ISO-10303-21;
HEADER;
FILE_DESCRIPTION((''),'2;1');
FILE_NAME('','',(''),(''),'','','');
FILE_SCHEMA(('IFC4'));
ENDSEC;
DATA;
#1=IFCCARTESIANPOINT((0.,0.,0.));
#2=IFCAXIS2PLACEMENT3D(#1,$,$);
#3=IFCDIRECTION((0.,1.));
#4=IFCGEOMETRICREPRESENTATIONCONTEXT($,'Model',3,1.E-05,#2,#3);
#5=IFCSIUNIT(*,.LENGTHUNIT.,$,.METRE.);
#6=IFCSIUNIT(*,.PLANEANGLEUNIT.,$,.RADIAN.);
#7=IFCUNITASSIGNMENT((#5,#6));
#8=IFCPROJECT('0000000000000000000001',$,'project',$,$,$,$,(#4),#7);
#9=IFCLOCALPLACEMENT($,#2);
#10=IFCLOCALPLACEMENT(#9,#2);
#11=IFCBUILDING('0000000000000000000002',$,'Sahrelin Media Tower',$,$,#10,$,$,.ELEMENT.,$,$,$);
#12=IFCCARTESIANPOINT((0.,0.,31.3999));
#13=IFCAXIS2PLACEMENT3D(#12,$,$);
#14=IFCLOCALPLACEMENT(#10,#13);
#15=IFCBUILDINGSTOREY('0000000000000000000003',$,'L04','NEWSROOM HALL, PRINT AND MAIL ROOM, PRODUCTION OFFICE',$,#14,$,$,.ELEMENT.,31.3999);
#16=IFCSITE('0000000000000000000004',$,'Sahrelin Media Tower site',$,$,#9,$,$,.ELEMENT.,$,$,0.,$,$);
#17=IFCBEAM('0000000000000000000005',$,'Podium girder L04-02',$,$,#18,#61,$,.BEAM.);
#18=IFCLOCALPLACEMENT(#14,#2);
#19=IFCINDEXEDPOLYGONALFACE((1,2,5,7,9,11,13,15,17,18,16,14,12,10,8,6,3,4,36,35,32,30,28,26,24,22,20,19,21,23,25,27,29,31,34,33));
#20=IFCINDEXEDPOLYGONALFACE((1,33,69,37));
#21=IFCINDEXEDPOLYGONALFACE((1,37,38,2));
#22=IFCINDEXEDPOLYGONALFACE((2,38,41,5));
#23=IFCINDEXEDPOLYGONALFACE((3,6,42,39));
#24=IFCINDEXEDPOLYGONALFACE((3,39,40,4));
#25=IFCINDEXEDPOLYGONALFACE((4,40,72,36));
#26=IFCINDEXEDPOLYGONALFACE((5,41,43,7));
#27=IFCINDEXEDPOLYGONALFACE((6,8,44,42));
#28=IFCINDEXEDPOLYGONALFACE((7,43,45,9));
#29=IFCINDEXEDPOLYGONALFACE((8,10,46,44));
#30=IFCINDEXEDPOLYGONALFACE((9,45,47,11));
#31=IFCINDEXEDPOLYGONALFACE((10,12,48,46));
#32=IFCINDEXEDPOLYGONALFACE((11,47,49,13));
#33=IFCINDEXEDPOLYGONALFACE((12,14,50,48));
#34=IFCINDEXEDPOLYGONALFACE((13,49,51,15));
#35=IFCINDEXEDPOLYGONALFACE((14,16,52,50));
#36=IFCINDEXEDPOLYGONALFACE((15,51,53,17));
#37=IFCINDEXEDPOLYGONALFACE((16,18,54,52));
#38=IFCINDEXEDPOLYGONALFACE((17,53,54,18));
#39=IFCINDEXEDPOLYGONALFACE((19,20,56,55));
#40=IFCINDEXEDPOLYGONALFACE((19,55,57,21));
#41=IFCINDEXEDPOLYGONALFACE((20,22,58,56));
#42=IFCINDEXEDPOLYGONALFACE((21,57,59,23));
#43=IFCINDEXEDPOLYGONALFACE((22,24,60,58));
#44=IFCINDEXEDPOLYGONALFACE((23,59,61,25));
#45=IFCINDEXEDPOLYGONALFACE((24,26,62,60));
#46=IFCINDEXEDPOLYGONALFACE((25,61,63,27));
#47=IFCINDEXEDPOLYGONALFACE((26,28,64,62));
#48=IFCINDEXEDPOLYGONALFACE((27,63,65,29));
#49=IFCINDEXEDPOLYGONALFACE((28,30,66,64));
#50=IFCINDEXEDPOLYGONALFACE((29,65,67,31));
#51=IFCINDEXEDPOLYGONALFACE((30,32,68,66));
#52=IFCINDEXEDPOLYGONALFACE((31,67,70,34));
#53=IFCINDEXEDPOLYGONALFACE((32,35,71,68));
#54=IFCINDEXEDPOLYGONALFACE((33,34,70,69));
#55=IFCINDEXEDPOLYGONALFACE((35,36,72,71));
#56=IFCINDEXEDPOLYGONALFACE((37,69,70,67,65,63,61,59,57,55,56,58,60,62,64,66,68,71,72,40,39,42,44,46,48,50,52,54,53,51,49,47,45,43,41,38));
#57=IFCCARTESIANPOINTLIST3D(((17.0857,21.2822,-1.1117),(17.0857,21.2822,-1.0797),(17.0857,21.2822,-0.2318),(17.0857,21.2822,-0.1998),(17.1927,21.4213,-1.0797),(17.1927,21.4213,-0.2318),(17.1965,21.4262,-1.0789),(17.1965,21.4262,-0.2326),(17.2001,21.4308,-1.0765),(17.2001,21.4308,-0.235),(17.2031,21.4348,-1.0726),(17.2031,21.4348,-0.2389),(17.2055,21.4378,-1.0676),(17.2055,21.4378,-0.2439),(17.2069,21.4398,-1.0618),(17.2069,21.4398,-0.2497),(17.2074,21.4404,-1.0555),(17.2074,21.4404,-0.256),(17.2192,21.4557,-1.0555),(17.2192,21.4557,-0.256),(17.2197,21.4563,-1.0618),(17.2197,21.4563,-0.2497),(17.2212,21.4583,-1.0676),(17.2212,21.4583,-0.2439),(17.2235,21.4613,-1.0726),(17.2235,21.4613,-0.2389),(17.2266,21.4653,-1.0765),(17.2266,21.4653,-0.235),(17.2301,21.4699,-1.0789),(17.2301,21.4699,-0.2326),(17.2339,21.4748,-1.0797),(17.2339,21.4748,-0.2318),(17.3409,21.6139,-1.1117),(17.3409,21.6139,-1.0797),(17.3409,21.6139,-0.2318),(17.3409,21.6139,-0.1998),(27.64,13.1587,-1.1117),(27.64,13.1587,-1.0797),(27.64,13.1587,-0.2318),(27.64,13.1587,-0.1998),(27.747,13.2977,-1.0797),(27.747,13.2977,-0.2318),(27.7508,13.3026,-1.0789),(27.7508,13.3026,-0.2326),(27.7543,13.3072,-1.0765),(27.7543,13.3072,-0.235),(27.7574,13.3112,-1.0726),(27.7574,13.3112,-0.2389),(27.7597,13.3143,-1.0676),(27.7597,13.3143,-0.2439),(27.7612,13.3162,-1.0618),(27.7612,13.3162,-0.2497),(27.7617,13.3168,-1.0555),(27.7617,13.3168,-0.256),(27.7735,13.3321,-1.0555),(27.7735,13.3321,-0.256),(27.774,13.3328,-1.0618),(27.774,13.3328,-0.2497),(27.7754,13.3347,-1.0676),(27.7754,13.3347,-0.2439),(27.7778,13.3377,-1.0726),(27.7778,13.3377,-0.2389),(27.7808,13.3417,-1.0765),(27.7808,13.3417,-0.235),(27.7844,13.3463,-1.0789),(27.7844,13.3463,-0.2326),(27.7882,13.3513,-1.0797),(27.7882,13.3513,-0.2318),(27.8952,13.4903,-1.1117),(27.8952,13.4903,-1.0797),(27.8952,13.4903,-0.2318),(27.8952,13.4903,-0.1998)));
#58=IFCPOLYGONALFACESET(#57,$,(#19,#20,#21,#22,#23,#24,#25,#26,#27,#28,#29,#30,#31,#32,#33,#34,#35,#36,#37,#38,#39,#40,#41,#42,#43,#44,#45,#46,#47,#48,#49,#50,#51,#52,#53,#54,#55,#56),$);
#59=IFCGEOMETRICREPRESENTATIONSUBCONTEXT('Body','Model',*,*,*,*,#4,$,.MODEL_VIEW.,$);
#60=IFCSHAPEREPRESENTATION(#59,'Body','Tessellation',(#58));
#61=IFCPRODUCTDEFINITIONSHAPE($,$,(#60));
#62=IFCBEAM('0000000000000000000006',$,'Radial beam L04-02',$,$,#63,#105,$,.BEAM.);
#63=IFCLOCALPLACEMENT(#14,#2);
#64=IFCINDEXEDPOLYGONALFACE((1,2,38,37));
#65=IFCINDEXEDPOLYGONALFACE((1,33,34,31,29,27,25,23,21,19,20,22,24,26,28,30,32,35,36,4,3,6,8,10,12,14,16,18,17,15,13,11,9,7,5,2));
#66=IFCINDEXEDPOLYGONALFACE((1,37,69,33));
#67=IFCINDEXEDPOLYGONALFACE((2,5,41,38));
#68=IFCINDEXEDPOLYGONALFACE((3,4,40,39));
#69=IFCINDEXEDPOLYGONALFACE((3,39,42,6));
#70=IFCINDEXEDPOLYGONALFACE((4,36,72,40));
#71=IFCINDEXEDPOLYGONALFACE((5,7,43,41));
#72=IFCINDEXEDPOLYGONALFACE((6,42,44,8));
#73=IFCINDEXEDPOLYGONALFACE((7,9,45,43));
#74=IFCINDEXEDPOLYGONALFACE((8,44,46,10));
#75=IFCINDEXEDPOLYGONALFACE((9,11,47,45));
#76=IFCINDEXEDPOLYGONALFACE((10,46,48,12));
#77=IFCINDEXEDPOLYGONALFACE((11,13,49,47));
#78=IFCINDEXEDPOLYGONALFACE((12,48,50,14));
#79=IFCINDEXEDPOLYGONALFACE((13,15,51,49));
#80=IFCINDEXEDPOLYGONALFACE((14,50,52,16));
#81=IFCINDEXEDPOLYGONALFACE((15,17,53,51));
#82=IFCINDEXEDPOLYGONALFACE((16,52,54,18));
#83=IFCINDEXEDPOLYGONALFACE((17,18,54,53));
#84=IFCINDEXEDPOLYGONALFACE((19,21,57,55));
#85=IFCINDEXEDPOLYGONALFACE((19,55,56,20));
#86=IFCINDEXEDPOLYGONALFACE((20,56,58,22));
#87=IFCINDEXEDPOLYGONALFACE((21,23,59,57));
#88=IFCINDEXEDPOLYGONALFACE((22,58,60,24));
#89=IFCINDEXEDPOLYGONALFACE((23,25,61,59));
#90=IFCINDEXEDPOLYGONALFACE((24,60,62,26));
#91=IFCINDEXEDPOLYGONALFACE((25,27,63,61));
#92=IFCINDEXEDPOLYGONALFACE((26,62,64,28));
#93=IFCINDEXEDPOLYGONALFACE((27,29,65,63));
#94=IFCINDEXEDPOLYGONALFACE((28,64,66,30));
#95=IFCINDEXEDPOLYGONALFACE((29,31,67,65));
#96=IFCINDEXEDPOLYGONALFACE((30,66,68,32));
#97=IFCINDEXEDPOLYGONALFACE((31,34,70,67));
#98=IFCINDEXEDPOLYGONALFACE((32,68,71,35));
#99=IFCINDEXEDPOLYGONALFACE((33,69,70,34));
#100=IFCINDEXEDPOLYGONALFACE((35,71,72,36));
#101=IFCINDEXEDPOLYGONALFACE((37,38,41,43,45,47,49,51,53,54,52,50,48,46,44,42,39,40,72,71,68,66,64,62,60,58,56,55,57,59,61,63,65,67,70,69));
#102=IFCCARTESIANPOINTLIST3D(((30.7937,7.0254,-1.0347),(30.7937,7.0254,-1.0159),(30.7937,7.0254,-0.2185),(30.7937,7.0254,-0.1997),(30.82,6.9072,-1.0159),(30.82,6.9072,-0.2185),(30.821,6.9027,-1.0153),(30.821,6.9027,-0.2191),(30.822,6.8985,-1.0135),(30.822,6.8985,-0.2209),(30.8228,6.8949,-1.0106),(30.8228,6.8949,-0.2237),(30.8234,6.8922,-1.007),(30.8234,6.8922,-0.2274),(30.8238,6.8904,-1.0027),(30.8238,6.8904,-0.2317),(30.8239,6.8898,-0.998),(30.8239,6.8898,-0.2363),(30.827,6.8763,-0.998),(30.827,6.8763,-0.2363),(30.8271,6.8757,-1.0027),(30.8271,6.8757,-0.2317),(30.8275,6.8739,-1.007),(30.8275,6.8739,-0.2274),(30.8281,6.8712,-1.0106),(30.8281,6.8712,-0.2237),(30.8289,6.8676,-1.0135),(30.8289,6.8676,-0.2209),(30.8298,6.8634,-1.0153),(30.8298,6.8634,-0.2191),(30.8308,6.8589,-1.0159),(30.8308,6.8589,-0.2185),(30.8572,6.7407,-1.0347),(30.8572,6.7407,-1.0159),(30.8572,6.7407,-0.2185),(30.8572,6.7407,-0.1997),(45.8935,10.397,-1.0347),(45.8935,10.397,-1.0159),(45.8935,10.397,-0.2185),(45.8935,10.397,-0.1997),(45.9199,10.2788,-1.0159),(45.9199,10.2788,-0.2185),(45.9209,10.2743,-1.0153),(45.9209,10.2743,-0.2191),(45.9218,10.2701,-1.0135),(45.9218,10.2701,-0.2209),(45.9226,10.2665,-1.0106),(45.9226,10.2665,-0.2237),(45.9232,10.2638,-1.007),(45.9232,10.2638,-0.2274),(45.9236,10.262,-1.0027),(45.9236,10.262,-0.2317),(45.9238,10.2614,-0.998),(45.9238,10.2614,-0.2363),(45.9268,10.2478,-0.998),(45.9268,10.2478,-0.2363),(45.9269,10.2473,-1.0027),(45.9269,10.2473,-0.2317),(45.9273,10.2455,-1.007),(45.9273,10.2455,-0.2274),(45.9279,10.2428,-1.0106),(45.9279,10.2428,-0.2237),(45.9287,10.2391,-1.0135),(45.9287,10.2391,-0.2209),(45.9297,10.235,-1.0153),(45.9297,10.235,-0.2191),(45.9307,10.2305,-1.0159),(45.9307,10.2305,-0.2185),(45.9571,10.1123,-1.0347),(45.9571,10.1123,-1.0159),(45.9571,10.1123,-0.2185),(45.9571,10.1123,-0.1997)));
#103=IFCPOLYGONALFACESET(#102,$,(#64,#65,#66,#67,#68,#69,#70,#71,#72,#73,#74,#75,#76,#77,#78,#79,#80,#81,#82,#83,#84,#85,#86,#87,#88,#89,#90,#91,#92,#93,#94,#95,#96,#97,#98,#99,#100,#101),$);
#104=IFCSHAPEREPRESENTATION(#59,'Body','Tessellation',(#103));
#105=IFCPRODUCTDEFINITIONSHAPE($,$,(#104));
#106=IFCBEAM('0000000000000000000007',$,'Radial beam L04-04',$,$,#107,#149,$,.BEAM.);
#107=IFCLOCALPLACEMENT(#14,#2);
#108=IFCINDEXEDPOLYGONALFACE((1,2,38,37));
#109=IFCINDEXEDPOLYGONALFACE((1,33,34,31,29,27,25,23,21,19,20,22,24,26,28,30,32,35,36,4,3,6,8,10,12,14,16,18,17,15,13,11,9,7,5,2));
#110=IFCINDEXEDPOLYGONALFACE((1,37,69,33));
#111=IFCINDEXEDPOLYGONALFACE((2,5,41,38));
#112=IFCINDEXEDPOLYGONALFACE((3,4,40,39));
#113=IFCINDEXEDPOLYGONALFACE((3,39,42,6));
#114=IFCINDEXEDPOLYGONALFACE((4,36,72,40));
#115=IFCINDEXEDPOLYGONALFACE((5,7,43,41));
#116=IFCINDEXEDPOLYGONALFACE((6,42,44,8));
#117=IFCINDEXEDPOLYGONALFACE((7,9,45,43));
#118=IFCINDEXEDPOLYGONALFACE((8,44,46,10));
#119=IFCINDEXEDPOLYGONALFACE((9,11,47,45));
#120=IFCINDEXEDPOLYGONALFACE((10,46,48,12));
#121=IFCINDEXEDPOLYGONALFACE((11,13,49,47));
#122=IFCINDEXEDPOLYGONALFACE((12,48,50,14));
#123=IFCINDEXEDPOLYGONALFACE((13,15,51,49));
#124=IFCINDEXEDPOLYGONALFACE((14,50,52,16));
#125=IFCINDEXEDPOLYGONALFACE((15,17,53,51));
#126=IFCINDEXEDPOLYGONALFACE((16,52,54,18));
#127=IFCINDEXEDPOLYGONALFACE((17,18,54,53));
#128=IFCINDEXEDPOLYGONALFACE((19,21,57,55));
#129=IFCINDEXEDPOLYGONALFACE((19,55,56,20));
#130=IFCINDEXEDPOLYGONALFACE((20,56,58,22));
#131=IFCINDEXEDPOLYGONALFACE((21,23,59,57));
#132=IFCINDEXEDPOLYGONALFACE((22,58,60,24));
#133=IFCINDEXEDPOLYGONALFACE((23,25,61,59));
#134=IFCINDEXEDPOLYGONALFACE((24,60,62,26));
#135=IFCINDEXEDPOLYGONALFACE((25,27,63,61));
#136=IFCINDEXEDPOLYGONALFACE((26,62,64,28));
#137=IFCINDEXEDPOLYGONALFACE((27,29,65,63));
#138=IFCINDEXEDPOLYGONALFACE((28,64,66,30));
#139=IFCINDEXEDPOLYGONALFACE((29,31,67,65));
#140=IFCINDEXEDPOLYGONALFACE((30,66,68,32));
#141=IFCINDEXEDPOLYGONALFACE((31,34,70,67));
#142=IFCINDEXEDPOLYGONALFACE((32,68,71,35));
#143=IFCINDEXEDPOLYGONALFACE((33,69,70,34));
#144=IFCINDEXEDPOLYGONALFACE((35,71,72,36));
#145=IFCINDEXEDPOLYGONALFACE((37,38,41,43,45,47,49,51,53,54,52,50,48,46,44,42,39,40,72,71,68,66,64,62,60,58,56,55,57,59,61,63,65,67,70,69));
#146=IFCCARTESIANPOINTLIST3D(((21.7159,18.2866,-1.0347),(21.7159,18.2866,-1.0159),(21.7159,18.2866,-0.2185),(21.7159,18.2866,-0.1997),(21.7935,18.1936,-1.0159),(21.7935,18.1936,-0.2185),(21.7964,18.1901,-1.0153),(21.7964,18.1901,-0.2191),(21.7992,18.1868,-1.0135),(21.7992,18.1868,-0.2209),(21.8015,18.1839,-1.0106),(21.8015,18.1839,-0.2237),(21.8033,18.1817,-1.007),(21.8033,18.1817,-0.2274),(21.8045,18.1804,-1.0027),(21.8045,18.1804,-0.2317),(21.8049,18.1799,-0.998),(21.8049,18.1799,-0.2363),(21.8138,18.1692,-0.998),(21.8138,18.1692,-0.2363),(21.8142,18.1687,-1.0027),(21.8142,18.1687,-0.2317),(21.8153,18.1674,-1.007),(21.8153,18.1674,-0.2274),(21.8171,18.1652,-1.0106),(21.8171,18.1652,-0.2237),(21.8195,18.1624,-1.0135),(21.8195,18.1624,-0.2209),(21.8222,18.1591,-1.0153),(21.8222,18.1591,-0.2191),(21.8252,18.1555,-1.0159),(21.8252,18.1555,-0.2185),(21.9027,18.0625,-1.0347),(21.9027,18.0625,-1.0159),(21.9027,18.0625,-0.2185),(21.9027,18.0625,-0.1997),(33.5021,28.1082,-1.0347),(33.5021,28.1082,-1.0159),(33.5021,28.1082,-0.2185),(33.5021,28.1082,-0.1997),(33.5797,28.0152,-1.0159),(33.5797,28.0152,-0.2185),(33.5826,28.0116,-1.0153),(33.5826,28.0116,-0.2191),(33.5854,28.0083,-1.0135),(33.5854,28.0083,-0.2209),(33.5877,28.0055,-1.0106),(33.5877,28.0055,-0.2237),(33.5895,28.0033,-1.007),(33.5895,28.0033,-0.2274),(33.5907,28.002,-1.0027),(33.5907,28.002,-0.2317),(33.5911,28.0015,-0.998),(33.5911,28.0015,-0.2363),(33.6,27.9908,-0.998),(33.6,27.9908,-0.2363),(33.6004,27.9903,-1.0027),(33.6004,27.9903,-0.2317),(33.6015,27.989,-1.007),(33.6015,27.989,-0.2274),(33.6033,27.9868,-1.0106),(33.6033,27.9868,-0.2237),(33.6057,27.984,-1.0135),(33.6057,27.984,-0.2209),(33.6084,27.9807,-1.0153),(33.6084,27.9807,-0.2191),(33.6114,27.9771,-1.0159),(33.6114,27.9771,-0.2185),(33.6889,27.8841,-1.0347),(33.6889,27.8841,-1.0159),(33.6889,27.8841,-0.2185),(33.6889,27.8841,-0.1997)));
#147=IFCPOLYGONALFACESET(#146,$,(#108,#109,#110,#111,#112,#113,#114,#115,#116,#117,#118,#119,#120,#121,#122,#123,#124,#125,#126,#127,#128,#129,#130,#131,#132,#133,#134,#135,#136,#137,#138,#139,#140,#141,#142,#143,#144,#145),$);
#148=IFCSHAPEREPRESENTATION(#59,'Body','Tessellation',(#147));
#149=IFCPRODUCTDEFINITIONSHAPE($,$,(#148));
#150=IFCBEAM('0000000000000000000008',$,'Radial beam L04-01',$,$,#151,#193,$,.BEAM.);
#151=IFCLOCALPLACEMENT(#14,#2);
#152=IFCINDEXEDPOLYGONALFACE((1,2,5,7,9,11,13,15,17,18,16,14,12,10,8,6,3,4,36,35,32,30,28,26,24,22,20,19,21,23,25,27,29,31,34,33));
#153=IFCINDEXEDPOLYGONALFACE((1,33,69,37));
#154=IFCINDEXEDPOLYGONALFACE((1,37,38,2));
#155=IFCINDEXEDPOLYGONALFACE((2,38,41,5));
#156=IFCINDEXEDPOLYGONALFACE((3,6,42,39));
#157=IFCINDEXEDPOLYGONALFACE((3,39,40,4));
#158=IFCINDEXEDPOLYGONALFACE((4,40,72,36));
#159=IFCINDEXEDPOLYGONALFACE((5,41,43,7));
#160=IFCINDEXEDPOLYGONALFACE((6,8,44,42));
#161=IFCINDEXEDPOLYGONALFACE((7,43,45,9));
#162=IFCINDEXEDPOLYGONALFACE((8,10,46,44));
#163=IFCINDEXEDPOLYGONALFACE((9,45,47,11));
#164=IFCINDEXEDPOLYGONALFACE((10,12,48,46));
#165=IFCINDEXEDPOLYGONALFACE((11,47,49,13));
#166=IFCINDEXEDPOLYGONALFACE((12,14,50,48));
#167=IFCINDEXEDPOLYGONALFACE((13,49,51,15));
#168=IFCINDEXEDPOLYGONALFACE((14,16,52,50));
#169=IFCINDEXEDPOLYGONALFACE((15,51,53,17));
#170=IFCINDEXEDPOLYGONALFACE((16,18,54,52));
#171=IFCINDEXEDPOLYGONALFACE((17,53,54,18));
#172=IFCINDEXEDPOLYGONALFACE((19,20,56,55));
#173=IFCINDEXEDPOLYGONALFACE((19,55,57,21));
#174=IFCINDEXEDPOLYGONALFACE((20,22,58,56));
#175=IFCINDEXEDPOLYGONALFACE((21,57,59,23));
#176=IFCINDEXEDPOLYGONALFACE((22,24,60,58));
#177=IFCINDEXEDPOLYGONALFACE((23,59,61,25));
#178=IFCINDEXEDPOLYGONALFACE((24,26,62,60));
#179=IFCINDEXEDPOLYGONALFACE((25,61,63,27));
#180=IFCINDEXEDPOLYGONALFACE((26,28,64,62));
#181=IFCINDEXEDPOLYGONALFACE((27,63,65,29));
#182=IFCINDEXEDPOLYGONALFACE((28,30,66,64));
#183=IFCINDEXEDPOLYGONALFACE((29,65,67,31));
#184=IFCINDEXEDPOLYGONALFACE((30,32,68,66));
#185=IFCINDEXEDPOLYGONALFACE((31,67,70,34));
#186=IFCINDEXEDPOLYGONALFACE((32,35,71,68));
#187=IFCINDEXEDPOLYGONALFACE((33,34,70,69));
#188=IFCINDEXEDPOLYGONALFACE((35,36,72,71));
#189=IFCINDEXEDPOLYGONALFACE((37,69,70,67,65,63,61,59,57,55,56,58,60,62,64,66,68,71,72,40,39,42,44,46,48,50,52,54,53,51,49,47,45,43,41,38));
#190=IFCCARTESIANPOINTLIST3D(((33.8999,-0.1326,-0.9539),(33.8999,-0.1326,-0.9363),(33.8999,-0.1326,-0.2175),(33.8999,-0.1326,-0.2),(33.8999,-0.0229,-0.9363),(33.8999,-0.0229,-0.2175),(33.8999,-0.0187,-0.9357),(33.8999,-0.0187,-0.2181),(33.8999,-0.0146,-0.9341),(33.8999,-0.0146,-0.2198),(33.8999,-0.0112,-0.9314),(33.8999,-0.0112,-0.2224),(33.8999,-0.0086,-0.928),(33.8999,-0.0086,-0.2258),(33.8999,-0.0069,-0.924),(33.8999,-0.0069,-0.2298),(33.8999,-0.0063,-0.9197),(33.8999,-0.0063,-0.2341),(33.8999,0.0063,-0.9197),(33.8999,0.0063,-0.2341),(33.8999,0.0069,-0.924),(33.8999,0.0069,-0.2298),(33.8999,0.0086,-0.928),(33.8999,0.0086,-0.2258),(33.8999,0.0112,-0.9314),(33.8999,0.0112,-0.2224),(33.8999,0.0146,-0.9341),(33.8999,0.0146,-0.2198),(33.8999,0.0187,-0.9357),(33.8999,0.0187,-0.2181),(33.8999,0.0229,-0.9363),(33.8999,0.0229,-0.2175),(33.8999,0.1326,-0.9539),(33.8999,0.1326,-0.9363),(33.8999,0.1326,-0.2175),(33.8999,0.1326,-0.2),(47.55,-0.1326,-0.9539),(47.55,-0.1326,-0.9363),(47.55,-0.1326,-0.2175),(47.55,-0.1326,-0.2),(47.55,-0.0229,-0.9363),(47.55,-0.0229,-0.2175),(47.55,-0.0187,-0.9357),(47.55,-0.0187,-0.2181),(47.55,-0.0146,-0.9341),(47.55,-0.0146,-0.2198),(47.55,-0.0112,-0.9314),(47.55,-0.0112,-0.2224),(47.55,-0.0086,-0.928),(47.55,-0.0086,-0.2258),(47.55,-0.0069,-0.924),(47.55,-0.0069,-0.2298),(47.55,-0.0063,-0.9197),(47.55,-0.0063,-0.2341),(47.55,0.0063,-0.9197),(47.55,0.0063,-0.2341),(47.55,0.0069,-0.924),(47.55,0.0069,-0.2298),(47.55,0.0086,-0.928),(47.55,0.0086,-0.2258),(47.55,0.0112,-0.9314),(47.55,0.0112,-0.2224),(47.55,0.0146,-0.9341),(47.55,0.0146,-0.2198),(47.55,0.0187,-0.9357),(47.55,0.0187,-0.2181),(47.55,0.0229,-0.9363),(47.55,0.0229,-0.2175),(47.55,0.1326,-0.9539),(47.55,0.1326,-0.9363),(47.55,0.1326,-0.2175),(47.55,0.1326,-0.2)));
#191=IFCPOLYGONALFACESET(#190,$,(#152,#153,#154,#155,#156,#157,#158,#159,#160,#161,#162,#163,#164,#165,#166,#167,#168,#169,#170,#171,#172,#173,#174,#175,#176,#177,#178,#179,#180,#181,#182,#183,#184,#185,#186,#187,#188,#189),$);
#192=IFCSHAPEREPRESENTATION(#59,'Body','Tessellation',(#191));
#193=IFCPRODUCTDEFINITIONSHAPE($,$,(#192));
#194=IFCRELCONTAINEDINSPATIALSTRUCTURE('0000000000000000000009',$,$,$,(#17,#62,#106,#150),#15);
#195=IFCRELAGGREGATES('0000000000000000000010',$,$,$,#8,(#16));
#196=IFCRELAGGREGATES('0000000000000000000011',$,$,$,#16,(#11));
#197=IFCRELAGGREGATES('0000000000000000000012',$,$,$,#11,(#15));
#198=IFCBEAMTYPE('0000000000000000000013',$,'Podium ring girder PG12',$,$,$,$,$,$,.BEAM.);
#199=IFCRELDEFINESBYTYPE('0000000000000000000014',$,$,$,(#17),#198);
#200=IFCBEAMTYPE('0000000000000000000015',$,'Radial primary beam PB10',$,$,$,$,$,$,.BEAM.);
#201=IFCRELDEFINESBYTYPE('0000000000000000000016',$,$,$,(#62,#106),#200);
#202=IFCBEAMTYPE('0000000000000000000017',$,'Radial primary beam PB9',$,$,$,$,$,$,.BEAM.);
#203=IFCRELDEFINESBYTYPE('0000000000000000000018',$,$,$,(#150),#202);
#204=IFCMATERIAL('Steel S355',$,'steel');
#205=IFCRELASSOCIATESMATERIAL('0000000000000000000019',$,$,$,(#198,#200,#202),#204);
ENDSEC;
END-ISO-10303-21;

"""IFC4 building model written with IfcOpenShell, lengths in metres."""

from ifc_helpers import new_model, si_unit, direction, frame, origin, origin_2d, place, context, subcontext, project, spatial, i_section, extrude, material, material_profile, profile_set, type_object, element, save


model = new_model("IFC4")

# Units and contexts
model_context = context("Model", 3, precision=1e-05, world=origin(), true_north=direction((0.0, 1.0)))
body_context = subcontext(model_context, "Body", "Model", "MODEL_VIEW")
ifc_project = project(units=[si_unit("LENGTHUNIT", "METRE"), si_unit("PLANEANGLEUNIT", "RADIAN")], contexts=[model_context])

# Site, building, storey
site_placement = place(None, origin())
site = spatial("IfcSite", under=ifc_project, at=site_placement, Name="Sahrelin Media Tower site", CompositionType="ELEMENT", RefElevation=0.0)
building_placement = place(site_placement, origin())
building = spatial("IfcBuilding", under=site, at=building_placement, Name="Sahrelin Media Tower", CompositionType="ELEMENT")
storey_placement = place(building_placement, frame((0.0, 0.0, 31.3999)))
storey = spatial("IfcBuildingStorey", under=building, at=storey_placement, Name="L04", Description="NEWSROOM HALL, PRINT AND MAIL ROOM, PRODUCTION OFFICE", CompositionType="ELEMENT", Elevation=31.3999)

# Beams
ifc_material_1 = material(Name="Steel S355", Category="steel")
ifc_material_profile_1 = material_profile(ifc_material_1, i_section(OverallWidth=0.4185, OverallDepth=0.9119, WebThickness=0.0193, FlangeThickness=0.032, FilletRadius=0.0242, at=origin_2d()), Name="UB 914x419x343")
ifc_profile_set_1 = profile_set([ifc_material_profile_1], Name="Steel S355")
beam_type_1 = type_object("IfcBeamType", Name="Podium ring girder PG12", PredefinedType="BEAM", material=ifc_profile_set_1)
beam_1_placement = place(storey_placement, frame((27.7676, 13.3245, -0.6558), z_axis=(-0.792445, 0.609943, 0.0), x_axis=(-0.609943, -0.792445, 0.0)))
element("IfcBeam", 1, at=beam_1_placement, inside=storey, type_object=beam_type_1, Name="Podium girder L04-02", PredefinedType="BEAM", context=body_context, shape_type="SweptSolid", body=[
    extrude(i_section(OverallWidth=0.4185, OverallDepth=0.9119, WebThickness=0.0193, FlangeThickness=0.032, FilletRadius=0.0242, at=origin_2d()), origin(), (0.0, 0.0, 1.0), 13.3186),
])
ifc_material_profile_2 = material_profile(ifc_material_1, i_section(OverallWidth=0.2917, OverallDepth=0.835, WebThickness=0.0139, FlangeThickness=0.0188, FilletRadius=0.0178, at=origin_2d()), Name="UB 838x292x176")
ifc_profile_set_2 = profile_set([ifc_material_profile_2], Name="Steel S355")
beam_type_2 = type_object("IfcBeamType", Name="Radial primary beam PB10", PredefinedType="BEAM", material=ifc_profile_set_2)
beam_2_placement = place(storey_placement, frame((30.8254, 6.8831, -0.6172), z_axis=(0.975967, 0.217919, 0.0), x_axis=(-0.217919, 0.975967, 0.0)))
element("IfcBeam", 2, at=beam_2_placement, inside=storey, type_object=beam_type_2, Name="Radial beam L04-02", PredefinedType="BEAM", context=body_context, shape_type="SweptSolid", body=[
    extrude(i_section(OverallWidth=0.2917, OverallDepth=0.835, WebThickness=0.0139, FlangeThickness=0.0188, FilletRadius=0.0178, at=origin_2d()), origin(), (0.0, 0.0, 1.0), 15.4717),
])
beam_3_placement = place(storey_placement, frame((21.8093, 18.1746, -0.6172), z_axis=(0.768229, 0.640175, 0.0), x_axis=(-0.640175, 0.768229, 0.0)))
element("IfcBeam", 3, at=beam_3_placement, inside=storey, type_object=beam_type_2, Name="Radial beam L04-04", PredefinedType="BEAM", context=body_context, shape_type="SweptSolid", body=[
    extrude(i_section(OverallWidth=0.2917, OverallDepth=0.835, WebThickness=0.0139, FlangeThickness=0.0188, FilletRadius=0.0178, at=origin_2d()), origin(), (0.0, 0.0, 1.0), 15.342),
])
ifc_material_profile_3 = material_profile(ifc_material_1, i_section(OverallWidth=0.2651, OverallDepth=0.7539, WebThickness=0.0127, FlangeThickness=0.0176, FilletRadius=0.0166, at=origin_2d()), Name="UB 762x267x147")
ifc_profile_set_3 = profile_set([ifc_material_profile_3], Name="Steel S355")
beam_type_3 = type_object("IfcBeamType", Name="Radial primary beam PB9", PredefinedType="BEAM", material=ifc_profile_set_3)
beam_4_placement = place(storey_placement, frame((33.8999, 0.0, -0.5769), z_axis=(1.0, 0.0, 0.0), x_axis=(0.0, 1.0, 0.0)))
element("IfcBeam", 4, at=beam_4_placement, inside=storey, type_object=beam_type_3, Name="Radial beam L04-01", PredefinedType="BEAM", context=body_context, shape_type="SweptSolid", body=[
    extrude(i_section(OverallWidth=0.2651, OverallDepth=0.7539, WebThickness=0.0127, FlangeThickness=0.0176, FilletRadius=0.0166, at=origin_2d()), origin(), (0.0, 0.0, 1.0), 13.6501),
])

save(model, "model.ifc")
